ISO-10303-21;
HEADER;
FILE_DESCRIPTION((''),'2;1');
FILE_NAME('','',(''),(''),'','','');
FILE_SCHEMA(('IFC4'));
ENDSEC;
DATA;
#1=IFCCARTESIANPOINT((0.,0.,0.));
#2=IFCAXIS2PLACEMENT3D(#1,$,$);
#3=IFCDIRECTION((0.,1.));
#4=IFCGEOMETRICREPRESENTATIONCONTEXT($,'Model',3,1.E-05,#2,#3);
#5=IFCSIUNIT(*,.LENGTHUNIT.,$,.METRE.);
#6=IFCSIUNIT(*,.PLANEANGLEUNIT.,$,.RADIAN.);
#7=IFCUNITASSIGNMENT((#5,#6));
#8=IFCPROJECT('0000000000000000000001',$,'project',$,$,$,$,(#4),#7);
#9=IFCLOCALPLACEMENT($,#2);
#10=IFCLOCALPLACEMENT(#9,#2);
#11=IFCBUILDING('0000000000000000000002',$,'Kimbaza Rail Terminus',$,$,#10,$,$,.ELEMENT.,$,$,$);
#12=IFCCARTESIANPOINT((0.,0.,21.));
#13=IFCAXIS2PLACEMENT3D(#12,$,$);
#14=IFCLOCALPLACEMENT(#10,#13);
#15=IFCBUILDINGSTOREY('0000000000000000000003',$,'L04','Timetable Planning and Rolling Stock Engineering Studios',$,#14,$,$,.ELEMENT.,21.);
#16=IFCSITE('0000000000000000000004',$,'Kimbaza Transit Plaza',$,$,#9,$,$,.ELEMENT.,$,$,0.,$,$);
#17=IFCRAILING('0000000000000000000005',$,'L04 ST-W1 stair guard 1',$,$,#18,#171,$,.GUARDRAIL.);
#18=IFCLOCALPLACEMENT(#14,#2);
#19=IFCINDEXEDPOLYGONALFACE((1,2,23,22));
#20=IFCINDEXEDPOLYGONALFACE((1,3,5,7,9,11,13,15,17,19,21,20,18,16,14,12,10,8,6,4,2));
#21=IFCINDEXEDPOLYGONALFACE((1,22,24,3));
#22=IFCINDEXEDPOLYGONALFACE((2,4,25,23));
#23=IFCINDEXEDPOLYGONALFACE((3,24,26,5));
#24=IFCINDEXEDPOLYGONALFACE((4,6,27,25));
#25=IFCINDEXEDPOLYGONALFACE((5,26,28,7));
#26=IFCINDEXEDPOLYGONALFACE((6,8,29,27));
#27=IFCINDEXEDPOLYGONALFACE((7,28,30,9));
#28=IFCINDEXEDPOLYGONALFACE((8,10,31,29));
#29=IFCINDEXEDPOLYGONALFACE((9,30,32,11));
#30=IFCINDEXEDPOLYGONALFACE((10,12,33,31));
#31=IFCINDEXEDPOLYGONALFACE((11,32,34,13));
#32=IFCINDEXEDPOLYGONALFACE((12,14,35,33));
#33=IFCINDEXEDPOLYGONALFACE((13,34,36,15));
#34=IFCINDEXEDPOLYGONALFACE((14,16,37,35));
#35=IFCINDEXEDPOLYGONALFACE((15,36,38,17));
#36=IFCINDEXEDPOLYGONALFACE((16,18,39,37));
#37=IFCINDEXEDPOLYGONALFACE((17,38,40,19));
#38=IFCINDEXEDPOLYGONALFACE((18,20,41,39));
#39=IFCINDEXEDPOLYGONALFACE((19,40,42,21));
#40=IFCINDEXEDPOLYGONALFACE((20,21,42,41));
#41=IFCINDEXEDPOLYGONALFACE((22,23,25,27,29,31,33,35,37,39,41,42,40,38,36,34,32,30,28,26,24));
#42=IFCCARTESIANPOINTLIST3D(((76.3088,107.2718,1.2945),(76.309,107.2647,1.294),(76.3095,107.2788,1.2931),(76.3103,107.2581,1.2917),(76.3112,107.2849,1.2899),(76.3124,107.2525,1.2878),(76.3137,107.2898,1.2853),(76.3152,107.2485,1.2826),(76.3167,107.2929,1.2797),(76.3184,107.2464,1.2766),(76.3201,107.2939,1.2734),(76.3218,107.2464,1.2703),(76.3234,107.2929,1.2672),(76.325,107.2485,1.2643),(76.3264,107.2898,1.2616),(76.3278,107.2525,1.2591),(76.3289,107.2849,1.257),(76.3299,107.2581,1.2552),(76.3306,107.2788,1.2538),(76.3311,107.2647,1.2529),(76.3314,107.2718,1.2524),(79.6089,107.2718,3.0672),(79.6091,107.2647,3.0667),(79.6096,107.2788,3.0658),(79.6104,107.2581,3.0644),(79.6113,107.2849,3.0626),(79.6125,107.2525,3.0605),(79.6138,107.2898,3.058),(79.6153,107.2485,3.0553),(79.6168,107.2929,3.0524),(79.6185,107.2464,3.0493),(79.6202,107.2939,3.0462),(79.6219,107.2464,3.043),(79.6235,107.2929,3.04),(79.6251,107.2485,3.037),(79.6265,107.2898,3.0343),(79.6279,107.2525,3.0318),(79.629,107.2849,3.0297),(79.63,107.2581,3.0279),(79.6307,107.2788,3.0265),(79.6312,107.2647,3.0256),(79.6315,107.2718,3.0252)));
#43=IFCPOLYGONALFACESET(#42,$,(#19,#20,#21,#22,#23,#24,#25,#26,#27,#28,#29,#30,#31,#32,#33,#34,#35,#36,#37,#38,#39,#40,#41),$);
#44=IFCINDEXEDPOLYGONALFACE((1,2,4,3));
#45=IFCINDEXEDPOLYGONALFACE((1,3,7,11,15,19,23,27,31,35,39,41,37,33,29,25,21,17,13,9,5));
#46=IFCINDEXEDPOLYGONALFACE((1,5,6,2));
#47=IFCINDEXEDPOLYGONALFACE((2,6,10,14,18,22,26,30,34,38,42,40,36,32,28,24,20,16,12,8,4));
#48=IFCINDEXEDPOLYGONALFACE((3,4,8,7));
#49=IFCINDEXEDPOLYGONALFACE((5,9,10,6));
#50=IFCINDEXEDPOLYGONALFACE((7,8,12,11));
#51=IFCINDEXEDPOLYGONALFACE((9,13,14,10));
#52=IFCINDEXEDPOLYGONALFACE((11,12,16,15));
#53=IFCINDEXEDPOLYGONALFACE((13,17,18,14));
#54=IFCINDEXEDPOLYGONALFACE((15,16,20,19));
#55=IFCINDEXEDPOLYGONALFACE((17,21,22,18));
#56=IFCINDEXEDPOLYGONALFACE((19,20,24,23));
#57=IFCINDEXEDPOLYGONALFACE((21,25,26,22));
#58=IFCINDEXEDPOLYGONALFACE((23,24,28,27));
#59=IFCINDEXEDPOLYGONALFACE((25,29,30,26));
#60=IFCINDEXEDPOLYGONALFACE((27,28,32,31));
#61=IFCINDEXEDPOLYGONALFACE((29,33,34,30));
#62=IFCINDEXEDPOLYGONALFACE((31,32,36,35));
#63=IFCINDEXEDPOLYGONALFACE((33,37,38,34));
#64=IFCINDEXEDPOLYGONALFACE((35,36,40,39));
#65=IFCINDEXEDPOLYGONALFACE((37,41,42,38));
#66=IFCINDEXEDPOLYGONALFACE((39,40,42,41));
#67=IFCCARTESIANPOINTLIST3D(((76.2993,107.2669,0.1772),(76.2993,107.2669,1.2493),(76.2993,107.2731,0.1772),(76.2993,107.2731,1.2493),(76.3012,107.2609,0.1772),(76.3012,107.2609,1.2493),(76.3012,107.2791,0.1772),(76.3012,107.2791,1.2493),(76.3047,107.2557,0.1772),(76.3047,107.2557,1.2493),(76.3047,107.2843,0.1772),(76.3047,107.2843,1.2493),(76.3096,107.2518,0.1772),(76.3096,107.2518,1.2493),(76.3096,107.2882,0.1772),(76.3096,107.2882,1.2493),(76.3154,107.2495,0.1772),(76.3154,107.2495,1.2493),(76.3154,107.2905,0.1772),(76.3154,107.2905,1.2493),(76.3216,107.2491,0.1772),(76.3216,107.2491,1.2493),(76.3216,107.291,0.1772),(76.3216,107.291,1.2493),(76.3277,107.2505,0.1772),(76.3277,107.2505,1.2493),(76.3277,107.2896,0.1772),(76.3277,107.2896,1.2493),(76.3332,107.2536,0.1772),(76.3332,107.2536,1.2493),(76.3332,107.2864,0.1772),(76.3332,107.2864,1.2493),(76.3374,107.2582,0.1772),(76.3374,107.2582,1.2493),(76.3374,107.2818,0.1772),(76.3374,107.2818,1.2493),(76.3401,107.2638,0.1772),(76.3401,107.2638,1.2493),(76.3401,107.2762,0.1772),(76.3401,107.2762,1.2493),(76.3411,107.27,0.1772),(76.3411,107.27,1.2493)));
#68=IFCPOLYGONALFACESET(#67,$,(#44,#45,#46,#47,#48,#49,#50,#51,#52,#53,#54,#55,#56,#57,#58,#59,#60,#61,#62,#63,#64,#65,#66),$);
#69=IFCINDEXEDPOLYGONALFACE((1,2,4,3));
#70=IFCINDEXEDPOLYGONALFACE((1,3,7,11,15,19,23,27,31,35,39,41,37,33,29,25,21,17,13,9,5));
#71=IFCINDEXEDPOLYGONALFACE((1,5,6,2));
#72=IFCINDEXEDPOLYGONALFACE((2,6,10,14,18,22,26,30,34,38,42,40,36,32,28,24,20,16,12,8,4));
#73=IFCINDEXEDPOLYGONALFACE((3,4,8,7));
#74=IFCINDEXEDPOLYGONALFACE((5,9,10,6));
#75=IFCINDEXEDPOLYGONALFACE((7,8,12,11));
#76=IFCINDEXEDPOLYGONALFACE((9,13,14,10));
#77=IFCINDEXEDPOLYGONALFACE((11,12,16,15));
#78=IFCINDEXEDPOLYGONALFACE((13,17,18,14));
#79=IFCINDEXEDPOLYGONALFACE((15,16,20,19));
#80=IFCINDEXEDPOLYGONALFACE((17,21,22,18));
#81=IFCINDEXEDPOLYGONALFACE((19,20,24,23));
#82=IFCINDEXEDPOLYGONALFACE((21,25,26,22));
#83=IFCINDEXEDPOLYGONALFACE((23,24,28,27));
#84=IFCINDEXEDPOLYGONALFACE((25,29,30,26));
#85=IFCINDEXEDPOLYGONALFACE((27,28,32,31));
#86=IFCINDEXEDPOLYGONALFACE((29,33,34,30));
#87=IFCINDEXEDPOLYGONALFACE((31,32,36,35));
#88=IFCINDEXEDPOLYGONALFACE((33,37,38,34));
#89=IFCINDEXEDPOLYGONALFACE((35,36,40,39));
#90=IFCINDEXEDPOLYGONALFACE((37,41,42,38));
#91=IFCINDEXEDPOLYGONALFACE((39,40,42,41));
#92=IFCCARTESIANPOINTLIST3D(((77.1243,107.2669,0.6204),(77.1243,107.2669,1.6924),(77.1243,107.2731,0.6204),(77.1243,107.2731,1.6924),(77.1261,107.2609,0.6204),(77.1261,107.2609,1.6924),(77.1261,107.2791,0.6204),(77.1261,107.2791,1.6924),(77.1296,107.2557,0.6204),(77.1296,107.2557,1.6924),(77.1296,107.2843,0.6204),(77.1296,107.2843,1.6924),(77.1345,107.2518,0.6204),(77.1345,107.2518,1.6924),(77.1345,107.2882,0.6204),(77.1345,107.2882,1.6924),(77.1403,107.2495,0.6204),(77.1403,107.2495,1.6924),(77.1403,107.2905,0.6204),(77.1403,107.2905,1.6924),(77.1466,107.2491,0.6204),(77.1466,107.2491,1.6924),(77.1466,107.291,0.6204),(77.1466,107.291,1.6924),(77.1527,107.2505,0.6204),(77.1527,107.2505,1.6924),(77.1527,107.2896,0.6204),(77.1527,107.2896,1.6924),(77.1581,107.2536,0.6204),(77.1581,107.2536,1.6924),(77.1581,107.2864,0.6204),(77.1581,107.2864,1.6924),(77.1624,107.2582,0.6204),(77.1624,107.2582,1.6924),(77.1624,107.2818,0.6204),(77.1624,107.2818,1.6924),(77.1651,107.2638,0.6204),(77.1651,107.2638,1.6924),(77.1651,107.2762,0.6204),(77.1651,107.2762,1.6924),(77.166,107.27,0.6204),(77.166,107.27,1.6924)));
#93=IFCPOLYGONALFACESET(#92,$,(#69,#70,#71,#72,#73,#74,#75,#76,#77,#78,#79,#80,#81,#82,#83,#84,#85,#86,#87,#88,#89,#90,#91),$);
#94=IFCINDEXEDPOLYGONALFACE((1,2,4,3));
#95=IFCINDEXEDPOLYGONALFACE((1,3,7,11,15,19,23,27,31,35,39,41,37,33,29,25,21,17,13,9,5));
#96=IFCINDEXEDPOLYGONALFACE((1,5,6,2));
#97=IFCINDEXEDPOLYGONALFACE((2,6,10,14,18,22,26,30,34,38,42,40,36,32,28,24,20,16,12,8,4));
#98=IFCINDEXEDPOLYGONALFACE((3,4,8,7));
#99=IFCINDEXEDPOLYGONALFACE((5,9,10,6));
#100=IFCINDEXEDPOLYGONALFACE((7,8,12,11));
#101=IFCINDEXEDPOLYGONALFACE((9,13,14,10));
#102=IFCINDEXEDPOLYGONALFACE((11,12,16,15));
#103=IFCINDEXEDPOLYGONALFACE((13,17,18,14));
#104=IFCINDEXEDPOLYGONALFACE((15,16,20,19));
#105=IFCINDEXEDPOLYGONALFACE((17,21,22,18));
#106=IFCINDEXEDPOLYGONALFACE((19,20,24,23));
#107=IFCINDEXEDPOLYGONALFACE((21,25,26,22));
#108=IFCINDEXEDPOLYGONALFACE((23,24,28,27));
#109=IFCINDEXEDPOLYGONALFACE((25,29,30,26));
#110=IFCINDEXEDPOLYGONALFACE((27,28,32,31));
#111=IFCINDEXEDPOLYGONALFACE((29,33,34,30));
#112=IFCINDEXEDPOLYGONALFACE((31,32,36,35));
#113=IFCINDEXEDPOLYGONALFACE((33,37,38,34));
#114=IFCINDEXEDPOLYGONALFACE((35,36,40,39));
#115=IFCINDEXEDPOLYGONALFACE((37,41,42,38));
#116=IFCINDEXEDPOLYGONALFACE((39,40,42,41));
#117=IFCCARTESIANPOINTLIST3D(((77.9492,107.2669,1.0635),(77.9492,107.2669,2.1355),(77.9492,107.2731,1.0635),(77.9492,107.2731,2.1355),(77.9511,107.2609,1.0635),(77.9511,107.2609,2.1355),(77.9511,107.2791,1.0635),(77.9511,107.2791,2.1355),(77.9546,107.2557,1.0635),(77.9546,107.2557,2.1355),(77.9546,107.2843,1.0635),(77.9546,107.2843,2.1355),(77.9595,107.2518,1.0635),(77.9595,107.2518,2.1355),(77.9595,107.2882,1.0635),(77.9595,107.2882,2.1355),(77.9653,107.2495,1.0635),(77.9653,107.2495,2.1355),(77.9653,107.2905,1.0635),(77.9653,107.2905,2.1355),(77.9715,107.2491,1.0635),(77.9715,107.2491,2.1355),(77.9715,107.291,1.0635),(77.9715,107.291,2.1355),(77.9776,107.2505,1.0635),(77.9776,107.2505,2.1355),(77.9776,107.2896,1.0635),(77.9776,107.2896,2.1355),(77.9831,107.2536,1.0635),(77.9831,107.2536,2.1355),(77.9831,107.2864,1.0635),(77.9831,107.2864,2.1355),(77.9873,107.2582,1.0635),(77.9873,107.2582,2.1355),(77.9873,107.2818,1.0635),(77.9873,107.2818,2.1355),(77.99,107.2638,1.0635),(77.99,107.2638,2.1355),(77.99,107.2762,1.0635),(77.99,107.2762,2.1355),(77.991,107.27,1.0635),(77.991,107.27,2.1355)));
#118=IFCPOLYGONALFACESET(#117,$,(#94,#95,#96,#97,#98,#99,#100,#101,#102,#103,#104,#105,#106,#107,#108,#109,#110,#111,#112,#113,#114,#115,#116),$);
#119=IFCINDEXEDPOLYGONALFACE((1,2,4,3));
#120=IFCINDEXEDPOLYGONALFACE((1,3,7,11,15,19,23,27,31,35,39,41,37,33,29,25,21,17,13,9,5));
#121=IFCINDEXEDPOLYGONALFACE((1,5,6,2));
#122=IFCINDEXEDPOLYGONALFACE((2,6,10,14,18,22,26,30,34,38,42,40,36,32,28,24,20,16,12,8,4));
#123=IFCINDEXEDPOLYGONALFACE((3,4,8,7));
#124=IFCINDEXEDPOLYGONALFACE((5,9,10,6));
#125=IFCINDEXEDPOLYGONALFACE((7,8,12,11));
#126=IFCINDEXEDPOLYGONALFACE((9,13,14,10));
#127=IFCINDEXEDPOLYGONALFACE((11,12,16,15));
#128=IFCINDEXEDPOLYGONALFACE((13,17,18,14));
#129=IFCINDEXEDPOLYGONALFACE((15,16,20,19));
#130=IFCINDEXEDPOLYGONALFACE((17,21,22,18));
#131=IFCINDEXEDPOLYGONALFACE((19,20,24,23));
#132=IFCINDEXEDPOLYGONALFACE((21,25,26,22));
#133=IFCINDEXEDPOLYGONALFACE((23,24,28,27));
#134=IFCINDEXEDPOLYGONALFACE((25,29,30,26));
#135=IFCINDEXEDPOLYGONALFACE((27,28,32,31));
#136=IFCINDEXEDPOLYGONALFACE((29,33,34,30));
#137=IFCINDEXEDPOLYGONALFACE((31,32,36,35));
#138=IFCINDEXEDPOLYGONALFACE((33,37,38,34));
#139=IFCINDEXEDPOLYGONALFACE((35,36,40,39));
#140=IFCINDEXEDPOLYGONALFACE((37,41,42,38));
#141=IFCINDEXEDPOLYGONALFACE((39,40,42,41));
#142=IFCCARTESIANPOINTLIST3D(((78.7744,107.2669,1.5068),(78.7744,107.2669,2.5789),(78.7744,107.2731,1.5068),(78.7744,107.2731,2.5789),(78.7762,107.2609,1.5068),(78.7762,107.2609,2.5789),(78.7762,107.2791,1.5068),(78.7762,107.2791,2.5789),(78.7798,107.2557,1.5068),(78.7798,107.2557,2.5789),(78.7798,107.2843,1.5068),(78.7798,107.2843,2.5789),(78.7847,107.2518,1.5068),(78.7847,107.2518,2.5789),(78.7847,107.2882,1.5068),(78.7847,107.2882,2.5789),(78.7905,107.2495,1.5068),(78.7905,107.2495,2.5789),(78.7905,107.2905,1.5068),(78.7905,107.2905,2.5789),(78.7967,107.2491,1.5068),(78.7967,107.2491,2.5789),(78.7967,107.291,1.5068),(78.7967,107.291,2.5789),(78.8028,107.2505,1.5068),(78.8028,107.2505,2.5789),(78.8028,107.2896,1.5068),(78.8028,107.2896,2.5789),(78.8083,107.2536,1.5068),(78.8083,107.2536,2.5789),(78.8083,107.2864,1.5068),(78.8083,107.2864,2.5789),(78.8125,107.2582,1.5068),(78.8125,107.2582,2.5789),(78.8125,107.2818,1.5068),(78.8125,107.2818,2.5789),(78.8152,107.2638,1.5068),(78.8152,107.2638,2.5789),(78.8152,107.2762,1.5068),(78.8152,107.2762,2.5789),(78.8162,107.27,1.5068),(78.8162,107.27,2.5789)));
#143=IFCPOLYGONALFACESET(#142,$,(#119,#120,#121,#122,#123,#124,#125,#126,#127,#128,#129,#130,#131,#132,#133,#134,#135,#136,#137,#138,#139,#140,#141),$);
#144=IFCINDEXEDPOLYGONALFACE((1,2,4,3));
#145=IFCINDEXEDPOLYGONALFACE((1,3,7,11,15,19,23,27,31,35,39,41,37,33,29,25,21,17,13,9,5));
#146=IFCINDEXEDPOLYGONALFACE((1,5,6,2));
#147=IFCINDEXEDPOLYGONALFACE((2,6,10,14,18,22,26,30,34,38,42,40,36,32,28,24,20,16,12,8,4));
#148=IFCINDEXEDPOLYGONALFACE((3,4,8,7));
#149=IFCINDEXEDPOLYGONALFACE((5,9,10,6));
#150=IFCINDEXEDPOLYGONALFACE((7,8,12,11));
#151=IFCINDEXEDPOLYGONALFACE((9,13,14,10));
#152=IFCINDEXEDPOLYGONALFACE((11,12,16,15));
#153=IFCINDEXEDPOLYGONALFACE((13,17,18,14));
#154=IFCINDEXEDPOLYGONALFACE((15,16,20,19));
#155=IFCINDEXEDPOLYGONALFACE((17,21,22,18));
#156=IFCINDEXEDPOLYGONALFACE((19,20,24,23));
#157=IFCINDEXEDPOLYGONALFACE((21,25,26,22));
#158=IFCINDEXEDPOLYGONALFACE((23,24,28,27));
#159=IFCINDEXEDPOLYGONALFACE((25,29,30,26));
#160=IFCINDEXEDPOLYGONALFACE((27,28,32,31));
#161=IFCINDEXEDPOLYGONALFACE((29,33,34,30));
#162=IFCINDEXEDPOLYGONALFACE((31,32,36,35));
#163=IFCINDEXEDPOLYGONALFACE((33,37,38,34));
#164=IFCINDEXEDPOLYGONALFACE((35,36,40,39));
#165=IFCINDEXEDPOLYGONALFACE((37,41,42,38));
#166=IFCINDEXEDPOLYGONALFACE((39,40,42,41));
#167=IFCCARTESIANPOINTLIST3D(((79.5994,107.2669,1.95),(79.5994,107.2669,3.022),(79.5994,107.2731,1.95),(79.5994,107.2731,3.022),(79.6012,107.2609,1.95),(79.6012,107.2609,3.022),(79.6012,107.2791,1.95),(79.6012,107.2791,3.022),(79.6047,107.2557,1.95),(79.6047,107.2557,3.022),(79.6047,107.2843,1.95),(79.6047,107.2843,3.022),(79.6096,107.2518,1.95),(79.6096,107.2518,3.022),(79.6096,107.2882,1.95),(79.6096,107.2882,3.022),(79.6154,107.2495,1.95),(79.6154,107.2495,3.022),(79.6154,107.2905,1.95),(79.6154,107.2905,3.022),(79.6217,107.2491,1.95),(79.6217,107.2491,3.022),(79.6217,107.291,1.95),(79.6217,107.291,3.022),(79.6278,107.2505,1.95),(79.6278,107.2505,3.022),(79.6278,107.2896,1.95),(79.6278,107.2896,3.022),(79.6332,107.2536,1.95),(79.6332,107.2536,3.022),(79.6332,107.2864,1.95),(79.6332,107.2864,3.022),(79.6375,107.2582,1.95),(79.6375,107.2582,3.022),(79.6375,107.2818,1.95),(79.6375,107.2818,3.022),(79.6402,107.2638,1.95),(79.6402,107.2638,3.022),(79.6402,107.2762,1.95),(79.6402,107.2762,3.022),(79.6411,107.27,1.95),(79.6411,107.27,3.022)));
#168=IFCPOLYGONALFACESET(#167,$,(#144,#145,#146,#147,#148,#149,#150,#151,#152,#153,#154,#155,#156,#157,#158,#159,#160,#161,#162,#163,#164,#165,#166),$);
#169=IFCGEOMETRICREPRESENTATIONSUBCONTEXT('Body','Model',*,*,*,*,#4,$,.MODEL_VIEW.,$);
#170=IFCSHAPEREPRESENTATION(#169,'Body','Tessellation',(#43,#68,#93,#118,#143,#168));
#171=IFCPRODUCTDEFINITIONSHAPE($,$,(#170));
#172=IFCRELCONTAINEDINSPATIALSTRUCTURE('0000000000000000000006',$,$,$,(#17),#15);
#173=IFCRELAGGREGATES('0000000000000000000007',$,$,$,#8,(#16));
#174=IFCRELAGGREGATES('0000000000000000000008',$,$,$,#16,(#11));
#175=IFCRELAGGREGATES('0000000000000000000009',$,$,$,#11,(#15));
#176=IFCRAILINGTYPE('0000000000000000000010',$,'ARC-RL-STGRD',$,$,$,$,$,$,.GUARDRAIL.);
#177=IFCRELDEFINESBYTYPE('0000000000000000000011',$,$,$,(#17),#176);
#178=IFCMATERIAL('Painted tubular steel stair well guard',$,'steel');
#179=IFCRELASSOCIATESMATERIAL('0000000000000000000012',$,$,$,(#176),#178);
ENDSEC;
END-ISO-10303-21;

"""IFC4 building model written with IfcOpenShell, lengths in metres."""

from ifc_helpers import new_model, si_unit, direction, frame, origin, origin_2d, place, context, subcontext, project, spatial, circle, extrude, material, type_object, element, save


model = new_model("IFC4")

# Units and contexts
model_context = context("Model", 3, precision=1e-05, world=origin(), true_north=direction((0.0, 1.0)))
body_context = subcontext(model_context, "Body", "Model", "MODEL_VIEW")
ifc_project = project(units=[si_unit("LENGTHUNIT", "METRE"), si_unit("PLANEANGLEUNIT", "RADIAN")], contexts=[model_context])

# Site, building, storey
site_placement = place(None, origin())
site = spatial("IfcSite", under=ifc_project, at=site_placement, Name="Kimbaza Transit Plaza", CompositionType="ELEMENT", RefElevation=0.0)
building_placement = place(site_placement, origin())
building = spatial("IfcBuilding", under=site, at=building_placement, Name="Kimbaza Rail Terminus", CompositionType="ELEMENT")
storey_placement = place(building_placement, frame((0.0, 0.0, 21.0)))
storey = spatial("IfcBuildingStorey", under=building, at=storey_placement, Name="L04", Description="Timetable Planning and Rolling Stock Engineering Studios", CompositionType="ELEMENT", Elevation=21.0)

# Railing
ifc_material_1 = material(Name="Painted tubular steel stair well guard", Category="steel")
railing_type_1 = type_object("IfcRailingType", Name="ARC-RL-STGRD", PredefinedType="GUARDRAIL", material=ifc_material_1)
railing_1_placement = place(storey_placement, frame((76.3201, 107.27, 0.1772)))
element("IfcRailing", 1, at=railing_1_placement, inside=storey, type_object=railing_type_1, Name="L04 ST-W1 stair guard 1", PredefinedType="GUARDRAIL", context=body_context, shape_type="SweptSolid", body=[
    extrude(circle(Radius=0.0239, at=origin_2d()), frame((0.0, 0.0, 1.0962), z_axis=(0.880944, 0.0, 0.473221), x_axis=(0.0, 1.0, 0.0)), (0.0, 0.0, 1.0), 3.7461),
    extrude(circle(Radius=0.021, at=origin_2d()), origin(), (0.0, 0.0, 1.0), 1.072),
    extrude(circle(Radius=0.021, at=origin_2d()), frame((0.825, 0.0, 0.4431)), (0.0, 0.0, 1.0), 1.072),
    extrude(circle(Radius=0.021, at=origin_2d()), frame((1.6499, 0.0, 0.8862)), (0.0, 0.0, 1.0), 1.072),
    extrude(circle(Radius=0.021, at=origin_2d()), frame((2.4751, 0.0, 1.3296)), (0.0, 0.0, 1.0), 1.072),
    extrude(circle(Radius=0.021, at=origin_2d()), frame((3.3, 0.0, 1.7727)), (0.0, 0.0, 1.0), 1.072),
])

save(model, "model.ifc")
